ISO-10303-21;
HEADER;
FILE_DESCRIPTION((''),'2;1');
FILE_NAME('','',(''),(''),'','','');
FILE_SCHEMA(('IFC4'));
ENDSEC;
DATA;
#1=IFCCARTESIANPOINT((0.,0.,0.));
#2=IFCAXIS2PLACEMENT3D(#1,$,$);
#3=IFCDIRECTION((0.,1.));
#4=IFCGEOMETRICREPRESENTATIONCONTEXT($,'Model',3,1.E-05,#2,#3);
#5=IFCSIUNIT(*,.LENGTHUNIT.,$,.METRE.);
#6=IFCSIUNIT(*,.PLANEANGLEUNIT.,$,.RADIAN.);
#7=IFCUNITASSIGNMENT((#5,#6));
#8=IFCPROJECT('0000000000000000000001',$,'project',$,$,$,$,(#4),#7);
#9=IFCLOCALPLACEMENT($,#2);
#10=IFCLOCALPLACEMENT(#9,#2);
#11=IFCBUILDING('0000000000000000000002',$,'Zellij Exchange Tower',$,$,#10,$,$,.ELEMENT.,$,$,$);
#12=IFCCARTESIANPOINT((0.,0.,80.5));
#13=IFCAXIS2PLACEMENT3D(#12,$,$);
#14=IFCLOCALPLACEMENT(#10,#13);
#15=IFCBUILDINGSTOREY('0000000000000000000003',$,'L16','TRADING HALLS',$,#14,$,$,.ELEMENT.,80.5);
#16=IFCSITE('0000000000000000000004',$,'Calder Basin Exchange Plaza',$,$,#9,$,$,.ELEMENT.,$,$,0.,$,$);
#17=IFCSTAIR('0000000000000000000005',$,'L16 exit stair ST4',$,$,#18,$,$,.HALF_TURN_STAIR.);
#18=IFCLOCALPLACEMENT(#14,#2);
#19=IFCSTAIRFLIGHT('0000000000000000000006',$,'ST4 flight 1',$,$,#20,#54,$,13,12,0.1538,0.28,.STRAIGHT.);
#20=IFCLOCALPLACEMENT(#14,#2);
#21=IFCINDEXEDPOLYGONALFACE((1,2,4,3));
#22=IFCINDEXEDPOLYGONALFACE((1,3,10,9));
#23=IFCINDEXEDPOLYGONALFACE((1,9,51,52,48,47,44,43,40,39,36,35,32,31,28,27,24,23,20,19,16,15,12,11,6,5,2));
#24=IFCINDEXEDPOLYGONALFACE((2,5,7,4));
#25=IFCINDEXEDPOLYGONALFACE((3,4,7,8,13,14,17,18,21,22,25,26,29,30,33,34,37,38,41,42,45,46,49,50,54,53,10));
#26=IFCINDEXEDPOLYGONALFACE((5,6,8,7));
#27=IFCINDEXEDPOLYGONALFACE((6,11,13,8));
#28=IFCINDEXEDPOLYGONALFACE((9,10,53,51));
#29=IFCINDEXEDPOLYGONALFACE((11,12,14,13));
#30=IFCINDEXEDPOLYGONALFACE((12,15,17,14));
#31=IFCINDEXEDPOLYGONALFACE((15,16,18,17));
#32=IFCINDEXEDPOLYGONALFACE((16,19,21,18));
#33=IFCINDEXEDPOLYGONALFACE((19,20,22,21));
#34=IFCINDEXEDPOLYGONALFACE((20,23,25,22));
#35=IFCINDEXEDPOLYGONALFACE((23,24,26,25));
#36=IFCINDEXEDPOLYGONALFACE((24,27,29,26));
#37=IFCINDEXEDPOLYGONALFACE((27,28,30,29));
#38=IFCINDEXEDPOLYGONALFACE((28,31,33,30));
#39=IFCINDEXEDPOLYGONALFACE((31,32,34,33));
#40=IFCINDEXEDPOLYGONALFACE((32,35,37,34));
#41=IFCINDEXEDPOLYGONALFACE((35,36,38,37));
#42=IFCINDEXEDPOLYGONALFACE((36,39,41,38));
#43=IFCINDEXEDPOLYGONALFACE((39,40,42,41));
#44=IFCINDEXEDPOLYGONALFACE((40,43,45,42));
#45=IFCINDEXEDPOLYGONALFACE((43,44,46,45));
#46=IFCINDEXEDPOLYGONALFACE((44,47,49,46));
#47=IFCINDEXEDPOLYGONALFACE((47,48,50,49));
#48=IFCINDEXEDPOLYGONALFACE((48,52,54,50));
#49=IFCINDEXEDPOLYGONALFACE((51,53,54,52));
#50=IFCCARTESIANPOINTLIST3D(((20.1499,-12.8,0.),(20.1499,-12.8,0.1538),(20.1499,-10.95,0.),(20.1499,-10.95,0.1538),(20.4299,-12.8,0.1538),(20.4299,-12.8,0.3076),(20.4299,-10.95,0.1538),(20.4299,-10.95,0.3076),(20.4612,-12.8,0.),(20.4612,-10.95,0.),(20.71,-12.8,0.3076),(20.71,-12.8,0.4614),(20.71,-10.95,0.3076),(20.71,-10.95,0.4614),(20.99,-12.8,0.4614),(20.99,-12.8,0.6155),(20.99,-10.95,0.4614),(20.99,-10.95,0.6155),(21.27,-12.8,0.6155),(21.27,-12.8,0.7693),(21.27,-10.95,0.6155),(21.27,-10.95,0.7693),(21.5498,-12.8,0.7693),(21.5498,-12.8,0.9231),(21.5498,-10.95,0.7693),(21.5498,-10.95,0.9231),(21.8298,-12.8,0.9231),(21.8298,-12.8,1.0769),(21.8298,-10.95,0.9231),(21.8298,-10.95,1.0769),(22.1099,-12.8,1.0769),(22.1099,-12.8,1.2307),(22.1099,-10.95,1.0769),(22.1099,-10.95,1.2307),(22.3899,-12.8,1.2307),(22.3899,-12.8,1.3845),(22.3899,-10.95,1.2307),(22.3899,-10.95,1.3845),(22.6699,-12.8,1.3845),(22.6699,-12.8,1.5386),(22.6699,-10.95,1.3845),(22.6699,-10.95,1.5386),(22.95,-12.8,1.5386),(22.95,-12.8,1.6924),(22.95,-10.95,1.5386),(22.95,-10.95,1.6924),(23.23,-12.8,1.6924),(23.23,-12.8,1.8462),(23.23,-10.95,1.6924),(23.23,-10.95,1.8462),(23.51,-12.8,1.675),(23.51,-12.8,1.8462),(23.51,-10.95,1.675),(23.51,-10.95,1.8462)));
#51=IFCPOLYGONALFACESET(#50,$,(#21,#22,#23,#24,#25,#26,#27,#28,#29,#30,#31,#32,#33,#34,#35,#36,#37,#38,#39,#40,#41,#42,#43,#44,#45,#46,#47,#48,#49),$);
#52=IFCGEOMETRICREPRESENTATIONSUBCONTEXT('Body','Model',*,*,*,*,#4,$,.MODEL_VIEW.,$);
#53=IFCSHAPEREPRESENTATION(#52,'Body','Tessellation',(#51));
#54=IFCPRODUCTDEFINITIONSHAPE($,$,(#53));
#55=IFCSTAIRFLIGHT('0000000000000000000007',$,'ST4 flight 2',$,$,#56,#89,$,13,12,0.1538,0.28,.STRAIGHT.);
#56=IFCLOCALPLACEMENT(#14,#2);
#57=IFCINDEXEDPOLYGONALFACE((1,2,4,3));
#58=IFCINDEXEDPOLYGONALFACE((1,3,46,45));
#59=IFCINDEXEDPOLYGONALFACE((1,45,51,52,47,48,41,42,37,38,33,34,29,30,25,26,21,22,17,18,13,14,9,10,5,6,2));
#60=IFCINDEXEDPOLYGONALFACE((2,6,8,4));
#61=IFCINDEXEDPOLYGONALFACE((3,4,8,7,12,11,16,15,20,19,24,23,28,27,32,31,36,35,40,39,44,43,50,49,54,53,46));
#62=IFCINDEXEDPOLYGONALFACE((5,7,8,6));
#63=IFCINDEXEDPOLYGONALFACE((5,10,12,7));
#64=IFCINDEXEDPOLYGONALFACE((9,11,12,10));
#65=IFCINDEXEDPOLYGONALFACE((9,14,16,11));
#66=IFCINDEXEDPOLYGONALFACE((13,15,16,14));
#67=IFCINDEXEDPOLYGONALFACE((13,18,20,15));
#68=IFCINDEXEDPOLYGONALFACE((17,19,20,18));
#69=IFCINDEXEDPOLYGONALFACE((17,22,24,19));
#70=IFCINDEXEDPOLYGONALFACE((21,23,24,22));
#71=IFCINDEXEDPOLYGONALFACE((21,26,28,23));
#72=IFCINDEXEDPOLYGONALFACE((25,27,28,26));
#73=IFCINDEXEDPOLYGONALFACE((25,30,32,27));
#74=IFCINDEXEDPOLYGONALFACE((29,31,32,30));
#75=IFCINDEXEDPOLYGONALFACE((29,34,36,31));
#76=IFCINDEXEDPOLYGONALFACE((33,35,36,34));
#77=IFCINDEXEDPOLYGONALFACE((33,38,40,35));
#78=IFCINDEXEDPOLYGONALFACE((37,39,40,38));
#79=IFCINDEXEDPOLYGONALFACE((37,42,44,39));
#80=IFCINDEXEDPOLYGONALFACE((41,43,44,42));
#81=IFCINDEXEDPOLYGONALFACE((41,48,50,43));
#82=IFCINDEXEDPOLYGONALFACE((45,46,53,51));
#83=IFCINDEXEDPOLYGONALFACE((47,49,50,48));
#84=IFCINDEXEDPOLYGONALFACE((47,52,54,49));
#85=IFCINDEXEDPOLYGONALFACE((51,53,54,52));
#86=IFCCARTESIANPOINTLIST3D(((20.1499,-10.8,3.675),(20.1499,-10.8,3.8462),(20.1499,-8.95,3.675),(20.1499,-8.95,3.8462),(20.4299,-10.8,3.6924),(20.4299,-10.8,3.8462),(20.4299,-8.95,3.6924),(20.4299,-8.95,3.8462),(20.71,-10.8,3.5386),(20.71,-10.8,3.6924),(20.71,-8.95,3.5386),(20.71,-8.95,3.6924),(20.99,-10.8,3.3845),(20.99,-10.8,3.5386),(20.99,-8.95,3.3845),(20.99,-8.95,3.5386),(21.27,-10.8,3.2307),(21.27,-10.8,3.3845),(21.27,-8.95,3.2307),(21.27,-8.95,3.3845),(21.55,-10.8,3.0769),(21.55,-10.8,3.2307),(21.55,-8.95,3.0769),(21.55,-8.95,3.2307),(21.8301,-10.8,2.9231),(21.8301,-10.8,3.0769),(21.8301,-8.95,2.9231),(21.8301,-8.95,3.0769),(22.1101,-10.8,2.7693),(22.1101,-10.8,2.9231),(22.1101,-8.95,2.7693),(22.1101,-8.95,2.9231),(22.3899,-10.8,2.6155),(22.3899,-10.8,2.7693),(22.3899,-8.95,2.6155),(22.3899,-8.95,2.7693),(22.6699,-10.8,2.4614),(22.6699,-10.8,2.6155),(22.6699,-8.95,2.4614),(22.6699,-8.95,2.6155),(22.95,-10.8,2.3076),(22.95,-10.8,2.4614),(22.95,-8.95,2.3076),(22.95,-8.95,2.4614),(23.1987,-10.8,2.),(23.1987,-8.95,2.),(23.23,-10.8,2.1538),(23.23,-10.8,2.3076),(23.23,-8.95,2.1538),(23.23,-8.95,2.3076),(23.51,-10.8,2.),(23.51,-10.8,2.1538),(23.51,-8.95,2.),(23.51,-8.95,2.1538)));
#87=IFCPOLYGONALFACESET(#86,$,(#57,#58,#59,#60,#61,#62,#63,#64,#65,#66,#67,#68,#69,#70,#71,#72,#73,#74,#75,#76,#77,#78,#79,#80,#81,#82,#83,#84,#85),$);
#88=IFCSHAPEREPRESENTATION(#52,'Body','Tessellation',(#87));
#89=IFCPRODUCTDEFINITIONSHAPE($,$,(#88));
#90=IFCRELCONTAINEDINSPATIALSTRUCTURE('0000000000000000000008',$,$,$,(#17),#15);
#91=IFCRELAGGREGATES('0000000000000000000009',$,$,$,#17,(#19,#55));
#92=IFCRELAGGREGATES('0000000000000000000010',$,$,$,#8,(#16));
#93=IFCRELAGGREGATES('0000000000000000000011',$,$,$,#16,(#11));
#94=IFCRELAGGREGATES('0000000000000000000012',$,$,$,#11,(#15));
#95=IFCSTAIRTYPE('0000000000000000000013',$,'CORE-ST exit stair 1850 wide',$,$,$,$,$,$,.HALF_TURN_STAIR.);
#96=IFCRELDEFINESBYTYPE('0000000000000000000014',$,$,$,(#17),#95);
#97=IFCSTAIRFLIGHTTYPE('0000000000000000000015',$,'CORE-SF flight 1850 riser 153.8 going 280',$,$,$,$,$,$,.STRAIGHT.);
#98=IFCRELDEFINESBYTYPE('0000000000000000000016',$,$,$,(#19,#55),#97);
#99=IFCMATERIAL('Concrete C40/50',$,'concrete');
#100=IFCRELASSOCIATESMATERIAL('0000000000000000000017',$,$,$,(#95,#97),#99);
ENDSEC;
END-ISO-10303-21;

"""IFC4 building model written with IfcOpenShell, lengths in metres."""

from ifc_helpers import new_model, si_unit, direction, frame, origin, place, context, subcontext, project, spatial, polyline, outline, extrude, material, type_object, element, aggregate, save


model = new_model("IFC4")

# Units and contexts
model_context = context("Model", 3, precision=1e-05, world=origin(), true_north=direction((0.0, 1.0)))
body_context = subcontext(model_context, "Body", "Model", "MODEL_VIEW")
ifc_project = project(units=[si_unit("LENGTHUNIT", "METRE"), si_unit("PLANEANGLEUNIT", "RADIAN")], contexts=[model_context])

# Site, building, storey
site_placement = place(None, origin())
site = spatial("IfcSite", under=ifc_project, at=site_placement, Name="Calder Basin Exchange Plaza", CompositionType="ELEMENT", RefElevation=0.0)
building_placement = place(site_placement, origin())
building = spatial("IfcBuilding", under=site, at=building_placement, Name="Zellij Exchange Tower", CompositionType="ELEMENT")
storey_placement = place(building_placement, frame((0.0, 0.0, 80.5)))
storey = spatial("IfcBuildingStorey", under=building, at=storey_placement, Name="L16", Description="TRADING HALLS", CompositionType="ELEMENT", Elevation=80.5)

# Stair, stair flights
ifc_material_1 = material(Name="Concrete C40/50", Category="concrete")
stair_type = type_object("IfcStairType", Name="CORE-ST exit stair 1850 wide", PredefinedType="HALF_TURN_STAIR", material=ifc_material_1)
stair_placement = place(storey_placement, origin())
stair = element("IfcStair", 1, at=stair_placement, inside=storey, type_object=stair_type, Name="L16 exit stair ST4", PredefinedType="HALF_TURN_STAIR")
stair_flight_type = type_object("IfcStairFlightType", Name="CORE-SF flight 1850 riser 153.8 going 280", PredefinedType="STRAIGHT", material=ifc_material_1)
stair_flight_1_placement = place(storey_placement, frame((20.1499, -11.875, 0.0), z_axis=(0.0, 0.0, 1.0), x_axis=(1.0, 0.0, 0.0)))
stair_flight_1 = element("IfcStairFlight", 2, at=stair_flight_1_placement, type_object=stair_flight_type, Name="ST4 flight 1", NumberOfRisers=13, NumberOfTreads=12, PredefinedType="STRAIGHT", RiserHeight=0.1538, TreadLength=0.28, context=body_context, shape_type="SweptSolid", body=[
    extrude(outline(polyline([(0.0, 0.0), (0.0, 0.1538), (0.28, 0.1538), (0.28, 0.3076), (0.5601, 0.3076), (0.5601, 0.4614), (0.8401, 0.4614), (0.8401, 0.6155), (1.1201, 0.6155), (1.1201, 0.7693), (1.3999, 0.7693), (1.3999, 0.9231), (1.6799, 0.9231), (1.6799, 1.0769), (1.96, 1.0769), (1.96, 1.2307), (2.24, 1.2307), (2.24, 1.3845), (2.52, 1.3845), (2.52, 1.5386), (2.8, 1.5386), (2.8, 1.6924), (3.0801, 1.6924), (3.0801, 1.8462), (3.3601, 1.8462), (3.3601, 2.0), (3.3601, 1.675), (0.3113, 0.0), (0.0, 0.0)])), frame((0.0, 0.925, 0.0), z_axis=(0.0, -1.0, 0.0), x_axis=(1.0, 0.0, 0.0)), (0.0, 0.0, 1.0), 1.8501),
])
stair_flight_2_placement = place(storey_placement, frame((23.51, -9.875, 2.0), z_axis=(0.0, 0.0, 1.0), x_axis=(-1.0, 0.0, 0.0)))
stair_flight_2 = element("IfcStairFlight", 3, at=stair_flight_2_placement, type_object=stair_flight_type, Name="ST4 flight 2", NumberOfRisers=13, NumberOfTreads=12, PredefinedType="STRAIGHT", RiserHeight=0.1538, TreadLength=0.28, context=body_context, shape_type="SweptSolid", body=[
    extrude(outline(polyline([(0.0, 0.0), (0.0, 0.1538), (0.28, 0.1538), (0.28, 0.3076), (0.5601, 0.3076), (0.5601, 0.4614), (0.8401, 0.4614), (0.8401, 0.6155), (1.1201, 0.6155), (1.1201, 0.7693), (1.3999, 0.7693), (1.3999, 0.9231), (1.6799, 0.9231), (1.6799, 1.0769), (1.96, 1.0769), (1.96, 1.2307), (2.24, 1.2307), (2.24, 1.3845), (2.52, 1.3845), (2.52, 1.5386), (2.8, 1.5386), (2.8, 1.6924), (3.0801, 1.6924), (3.0801, 1.8462), (3.3601, 1.8462), (3.3601, 2.0), (3.3601, 1.675), (0.3113, 0.0), (0.0, 0.0)])), frame((0.0, 0.925, 0.0), z_axis=(0.0, -1.0, 0.0), x_axis=(1.0, 0.0, 0.0)), (0.0, 0.0, 1.0), 1.8501),
])
aggregate(stair, [stair_flight_1, stair_flight_2])

save(model, "model.ifc")
